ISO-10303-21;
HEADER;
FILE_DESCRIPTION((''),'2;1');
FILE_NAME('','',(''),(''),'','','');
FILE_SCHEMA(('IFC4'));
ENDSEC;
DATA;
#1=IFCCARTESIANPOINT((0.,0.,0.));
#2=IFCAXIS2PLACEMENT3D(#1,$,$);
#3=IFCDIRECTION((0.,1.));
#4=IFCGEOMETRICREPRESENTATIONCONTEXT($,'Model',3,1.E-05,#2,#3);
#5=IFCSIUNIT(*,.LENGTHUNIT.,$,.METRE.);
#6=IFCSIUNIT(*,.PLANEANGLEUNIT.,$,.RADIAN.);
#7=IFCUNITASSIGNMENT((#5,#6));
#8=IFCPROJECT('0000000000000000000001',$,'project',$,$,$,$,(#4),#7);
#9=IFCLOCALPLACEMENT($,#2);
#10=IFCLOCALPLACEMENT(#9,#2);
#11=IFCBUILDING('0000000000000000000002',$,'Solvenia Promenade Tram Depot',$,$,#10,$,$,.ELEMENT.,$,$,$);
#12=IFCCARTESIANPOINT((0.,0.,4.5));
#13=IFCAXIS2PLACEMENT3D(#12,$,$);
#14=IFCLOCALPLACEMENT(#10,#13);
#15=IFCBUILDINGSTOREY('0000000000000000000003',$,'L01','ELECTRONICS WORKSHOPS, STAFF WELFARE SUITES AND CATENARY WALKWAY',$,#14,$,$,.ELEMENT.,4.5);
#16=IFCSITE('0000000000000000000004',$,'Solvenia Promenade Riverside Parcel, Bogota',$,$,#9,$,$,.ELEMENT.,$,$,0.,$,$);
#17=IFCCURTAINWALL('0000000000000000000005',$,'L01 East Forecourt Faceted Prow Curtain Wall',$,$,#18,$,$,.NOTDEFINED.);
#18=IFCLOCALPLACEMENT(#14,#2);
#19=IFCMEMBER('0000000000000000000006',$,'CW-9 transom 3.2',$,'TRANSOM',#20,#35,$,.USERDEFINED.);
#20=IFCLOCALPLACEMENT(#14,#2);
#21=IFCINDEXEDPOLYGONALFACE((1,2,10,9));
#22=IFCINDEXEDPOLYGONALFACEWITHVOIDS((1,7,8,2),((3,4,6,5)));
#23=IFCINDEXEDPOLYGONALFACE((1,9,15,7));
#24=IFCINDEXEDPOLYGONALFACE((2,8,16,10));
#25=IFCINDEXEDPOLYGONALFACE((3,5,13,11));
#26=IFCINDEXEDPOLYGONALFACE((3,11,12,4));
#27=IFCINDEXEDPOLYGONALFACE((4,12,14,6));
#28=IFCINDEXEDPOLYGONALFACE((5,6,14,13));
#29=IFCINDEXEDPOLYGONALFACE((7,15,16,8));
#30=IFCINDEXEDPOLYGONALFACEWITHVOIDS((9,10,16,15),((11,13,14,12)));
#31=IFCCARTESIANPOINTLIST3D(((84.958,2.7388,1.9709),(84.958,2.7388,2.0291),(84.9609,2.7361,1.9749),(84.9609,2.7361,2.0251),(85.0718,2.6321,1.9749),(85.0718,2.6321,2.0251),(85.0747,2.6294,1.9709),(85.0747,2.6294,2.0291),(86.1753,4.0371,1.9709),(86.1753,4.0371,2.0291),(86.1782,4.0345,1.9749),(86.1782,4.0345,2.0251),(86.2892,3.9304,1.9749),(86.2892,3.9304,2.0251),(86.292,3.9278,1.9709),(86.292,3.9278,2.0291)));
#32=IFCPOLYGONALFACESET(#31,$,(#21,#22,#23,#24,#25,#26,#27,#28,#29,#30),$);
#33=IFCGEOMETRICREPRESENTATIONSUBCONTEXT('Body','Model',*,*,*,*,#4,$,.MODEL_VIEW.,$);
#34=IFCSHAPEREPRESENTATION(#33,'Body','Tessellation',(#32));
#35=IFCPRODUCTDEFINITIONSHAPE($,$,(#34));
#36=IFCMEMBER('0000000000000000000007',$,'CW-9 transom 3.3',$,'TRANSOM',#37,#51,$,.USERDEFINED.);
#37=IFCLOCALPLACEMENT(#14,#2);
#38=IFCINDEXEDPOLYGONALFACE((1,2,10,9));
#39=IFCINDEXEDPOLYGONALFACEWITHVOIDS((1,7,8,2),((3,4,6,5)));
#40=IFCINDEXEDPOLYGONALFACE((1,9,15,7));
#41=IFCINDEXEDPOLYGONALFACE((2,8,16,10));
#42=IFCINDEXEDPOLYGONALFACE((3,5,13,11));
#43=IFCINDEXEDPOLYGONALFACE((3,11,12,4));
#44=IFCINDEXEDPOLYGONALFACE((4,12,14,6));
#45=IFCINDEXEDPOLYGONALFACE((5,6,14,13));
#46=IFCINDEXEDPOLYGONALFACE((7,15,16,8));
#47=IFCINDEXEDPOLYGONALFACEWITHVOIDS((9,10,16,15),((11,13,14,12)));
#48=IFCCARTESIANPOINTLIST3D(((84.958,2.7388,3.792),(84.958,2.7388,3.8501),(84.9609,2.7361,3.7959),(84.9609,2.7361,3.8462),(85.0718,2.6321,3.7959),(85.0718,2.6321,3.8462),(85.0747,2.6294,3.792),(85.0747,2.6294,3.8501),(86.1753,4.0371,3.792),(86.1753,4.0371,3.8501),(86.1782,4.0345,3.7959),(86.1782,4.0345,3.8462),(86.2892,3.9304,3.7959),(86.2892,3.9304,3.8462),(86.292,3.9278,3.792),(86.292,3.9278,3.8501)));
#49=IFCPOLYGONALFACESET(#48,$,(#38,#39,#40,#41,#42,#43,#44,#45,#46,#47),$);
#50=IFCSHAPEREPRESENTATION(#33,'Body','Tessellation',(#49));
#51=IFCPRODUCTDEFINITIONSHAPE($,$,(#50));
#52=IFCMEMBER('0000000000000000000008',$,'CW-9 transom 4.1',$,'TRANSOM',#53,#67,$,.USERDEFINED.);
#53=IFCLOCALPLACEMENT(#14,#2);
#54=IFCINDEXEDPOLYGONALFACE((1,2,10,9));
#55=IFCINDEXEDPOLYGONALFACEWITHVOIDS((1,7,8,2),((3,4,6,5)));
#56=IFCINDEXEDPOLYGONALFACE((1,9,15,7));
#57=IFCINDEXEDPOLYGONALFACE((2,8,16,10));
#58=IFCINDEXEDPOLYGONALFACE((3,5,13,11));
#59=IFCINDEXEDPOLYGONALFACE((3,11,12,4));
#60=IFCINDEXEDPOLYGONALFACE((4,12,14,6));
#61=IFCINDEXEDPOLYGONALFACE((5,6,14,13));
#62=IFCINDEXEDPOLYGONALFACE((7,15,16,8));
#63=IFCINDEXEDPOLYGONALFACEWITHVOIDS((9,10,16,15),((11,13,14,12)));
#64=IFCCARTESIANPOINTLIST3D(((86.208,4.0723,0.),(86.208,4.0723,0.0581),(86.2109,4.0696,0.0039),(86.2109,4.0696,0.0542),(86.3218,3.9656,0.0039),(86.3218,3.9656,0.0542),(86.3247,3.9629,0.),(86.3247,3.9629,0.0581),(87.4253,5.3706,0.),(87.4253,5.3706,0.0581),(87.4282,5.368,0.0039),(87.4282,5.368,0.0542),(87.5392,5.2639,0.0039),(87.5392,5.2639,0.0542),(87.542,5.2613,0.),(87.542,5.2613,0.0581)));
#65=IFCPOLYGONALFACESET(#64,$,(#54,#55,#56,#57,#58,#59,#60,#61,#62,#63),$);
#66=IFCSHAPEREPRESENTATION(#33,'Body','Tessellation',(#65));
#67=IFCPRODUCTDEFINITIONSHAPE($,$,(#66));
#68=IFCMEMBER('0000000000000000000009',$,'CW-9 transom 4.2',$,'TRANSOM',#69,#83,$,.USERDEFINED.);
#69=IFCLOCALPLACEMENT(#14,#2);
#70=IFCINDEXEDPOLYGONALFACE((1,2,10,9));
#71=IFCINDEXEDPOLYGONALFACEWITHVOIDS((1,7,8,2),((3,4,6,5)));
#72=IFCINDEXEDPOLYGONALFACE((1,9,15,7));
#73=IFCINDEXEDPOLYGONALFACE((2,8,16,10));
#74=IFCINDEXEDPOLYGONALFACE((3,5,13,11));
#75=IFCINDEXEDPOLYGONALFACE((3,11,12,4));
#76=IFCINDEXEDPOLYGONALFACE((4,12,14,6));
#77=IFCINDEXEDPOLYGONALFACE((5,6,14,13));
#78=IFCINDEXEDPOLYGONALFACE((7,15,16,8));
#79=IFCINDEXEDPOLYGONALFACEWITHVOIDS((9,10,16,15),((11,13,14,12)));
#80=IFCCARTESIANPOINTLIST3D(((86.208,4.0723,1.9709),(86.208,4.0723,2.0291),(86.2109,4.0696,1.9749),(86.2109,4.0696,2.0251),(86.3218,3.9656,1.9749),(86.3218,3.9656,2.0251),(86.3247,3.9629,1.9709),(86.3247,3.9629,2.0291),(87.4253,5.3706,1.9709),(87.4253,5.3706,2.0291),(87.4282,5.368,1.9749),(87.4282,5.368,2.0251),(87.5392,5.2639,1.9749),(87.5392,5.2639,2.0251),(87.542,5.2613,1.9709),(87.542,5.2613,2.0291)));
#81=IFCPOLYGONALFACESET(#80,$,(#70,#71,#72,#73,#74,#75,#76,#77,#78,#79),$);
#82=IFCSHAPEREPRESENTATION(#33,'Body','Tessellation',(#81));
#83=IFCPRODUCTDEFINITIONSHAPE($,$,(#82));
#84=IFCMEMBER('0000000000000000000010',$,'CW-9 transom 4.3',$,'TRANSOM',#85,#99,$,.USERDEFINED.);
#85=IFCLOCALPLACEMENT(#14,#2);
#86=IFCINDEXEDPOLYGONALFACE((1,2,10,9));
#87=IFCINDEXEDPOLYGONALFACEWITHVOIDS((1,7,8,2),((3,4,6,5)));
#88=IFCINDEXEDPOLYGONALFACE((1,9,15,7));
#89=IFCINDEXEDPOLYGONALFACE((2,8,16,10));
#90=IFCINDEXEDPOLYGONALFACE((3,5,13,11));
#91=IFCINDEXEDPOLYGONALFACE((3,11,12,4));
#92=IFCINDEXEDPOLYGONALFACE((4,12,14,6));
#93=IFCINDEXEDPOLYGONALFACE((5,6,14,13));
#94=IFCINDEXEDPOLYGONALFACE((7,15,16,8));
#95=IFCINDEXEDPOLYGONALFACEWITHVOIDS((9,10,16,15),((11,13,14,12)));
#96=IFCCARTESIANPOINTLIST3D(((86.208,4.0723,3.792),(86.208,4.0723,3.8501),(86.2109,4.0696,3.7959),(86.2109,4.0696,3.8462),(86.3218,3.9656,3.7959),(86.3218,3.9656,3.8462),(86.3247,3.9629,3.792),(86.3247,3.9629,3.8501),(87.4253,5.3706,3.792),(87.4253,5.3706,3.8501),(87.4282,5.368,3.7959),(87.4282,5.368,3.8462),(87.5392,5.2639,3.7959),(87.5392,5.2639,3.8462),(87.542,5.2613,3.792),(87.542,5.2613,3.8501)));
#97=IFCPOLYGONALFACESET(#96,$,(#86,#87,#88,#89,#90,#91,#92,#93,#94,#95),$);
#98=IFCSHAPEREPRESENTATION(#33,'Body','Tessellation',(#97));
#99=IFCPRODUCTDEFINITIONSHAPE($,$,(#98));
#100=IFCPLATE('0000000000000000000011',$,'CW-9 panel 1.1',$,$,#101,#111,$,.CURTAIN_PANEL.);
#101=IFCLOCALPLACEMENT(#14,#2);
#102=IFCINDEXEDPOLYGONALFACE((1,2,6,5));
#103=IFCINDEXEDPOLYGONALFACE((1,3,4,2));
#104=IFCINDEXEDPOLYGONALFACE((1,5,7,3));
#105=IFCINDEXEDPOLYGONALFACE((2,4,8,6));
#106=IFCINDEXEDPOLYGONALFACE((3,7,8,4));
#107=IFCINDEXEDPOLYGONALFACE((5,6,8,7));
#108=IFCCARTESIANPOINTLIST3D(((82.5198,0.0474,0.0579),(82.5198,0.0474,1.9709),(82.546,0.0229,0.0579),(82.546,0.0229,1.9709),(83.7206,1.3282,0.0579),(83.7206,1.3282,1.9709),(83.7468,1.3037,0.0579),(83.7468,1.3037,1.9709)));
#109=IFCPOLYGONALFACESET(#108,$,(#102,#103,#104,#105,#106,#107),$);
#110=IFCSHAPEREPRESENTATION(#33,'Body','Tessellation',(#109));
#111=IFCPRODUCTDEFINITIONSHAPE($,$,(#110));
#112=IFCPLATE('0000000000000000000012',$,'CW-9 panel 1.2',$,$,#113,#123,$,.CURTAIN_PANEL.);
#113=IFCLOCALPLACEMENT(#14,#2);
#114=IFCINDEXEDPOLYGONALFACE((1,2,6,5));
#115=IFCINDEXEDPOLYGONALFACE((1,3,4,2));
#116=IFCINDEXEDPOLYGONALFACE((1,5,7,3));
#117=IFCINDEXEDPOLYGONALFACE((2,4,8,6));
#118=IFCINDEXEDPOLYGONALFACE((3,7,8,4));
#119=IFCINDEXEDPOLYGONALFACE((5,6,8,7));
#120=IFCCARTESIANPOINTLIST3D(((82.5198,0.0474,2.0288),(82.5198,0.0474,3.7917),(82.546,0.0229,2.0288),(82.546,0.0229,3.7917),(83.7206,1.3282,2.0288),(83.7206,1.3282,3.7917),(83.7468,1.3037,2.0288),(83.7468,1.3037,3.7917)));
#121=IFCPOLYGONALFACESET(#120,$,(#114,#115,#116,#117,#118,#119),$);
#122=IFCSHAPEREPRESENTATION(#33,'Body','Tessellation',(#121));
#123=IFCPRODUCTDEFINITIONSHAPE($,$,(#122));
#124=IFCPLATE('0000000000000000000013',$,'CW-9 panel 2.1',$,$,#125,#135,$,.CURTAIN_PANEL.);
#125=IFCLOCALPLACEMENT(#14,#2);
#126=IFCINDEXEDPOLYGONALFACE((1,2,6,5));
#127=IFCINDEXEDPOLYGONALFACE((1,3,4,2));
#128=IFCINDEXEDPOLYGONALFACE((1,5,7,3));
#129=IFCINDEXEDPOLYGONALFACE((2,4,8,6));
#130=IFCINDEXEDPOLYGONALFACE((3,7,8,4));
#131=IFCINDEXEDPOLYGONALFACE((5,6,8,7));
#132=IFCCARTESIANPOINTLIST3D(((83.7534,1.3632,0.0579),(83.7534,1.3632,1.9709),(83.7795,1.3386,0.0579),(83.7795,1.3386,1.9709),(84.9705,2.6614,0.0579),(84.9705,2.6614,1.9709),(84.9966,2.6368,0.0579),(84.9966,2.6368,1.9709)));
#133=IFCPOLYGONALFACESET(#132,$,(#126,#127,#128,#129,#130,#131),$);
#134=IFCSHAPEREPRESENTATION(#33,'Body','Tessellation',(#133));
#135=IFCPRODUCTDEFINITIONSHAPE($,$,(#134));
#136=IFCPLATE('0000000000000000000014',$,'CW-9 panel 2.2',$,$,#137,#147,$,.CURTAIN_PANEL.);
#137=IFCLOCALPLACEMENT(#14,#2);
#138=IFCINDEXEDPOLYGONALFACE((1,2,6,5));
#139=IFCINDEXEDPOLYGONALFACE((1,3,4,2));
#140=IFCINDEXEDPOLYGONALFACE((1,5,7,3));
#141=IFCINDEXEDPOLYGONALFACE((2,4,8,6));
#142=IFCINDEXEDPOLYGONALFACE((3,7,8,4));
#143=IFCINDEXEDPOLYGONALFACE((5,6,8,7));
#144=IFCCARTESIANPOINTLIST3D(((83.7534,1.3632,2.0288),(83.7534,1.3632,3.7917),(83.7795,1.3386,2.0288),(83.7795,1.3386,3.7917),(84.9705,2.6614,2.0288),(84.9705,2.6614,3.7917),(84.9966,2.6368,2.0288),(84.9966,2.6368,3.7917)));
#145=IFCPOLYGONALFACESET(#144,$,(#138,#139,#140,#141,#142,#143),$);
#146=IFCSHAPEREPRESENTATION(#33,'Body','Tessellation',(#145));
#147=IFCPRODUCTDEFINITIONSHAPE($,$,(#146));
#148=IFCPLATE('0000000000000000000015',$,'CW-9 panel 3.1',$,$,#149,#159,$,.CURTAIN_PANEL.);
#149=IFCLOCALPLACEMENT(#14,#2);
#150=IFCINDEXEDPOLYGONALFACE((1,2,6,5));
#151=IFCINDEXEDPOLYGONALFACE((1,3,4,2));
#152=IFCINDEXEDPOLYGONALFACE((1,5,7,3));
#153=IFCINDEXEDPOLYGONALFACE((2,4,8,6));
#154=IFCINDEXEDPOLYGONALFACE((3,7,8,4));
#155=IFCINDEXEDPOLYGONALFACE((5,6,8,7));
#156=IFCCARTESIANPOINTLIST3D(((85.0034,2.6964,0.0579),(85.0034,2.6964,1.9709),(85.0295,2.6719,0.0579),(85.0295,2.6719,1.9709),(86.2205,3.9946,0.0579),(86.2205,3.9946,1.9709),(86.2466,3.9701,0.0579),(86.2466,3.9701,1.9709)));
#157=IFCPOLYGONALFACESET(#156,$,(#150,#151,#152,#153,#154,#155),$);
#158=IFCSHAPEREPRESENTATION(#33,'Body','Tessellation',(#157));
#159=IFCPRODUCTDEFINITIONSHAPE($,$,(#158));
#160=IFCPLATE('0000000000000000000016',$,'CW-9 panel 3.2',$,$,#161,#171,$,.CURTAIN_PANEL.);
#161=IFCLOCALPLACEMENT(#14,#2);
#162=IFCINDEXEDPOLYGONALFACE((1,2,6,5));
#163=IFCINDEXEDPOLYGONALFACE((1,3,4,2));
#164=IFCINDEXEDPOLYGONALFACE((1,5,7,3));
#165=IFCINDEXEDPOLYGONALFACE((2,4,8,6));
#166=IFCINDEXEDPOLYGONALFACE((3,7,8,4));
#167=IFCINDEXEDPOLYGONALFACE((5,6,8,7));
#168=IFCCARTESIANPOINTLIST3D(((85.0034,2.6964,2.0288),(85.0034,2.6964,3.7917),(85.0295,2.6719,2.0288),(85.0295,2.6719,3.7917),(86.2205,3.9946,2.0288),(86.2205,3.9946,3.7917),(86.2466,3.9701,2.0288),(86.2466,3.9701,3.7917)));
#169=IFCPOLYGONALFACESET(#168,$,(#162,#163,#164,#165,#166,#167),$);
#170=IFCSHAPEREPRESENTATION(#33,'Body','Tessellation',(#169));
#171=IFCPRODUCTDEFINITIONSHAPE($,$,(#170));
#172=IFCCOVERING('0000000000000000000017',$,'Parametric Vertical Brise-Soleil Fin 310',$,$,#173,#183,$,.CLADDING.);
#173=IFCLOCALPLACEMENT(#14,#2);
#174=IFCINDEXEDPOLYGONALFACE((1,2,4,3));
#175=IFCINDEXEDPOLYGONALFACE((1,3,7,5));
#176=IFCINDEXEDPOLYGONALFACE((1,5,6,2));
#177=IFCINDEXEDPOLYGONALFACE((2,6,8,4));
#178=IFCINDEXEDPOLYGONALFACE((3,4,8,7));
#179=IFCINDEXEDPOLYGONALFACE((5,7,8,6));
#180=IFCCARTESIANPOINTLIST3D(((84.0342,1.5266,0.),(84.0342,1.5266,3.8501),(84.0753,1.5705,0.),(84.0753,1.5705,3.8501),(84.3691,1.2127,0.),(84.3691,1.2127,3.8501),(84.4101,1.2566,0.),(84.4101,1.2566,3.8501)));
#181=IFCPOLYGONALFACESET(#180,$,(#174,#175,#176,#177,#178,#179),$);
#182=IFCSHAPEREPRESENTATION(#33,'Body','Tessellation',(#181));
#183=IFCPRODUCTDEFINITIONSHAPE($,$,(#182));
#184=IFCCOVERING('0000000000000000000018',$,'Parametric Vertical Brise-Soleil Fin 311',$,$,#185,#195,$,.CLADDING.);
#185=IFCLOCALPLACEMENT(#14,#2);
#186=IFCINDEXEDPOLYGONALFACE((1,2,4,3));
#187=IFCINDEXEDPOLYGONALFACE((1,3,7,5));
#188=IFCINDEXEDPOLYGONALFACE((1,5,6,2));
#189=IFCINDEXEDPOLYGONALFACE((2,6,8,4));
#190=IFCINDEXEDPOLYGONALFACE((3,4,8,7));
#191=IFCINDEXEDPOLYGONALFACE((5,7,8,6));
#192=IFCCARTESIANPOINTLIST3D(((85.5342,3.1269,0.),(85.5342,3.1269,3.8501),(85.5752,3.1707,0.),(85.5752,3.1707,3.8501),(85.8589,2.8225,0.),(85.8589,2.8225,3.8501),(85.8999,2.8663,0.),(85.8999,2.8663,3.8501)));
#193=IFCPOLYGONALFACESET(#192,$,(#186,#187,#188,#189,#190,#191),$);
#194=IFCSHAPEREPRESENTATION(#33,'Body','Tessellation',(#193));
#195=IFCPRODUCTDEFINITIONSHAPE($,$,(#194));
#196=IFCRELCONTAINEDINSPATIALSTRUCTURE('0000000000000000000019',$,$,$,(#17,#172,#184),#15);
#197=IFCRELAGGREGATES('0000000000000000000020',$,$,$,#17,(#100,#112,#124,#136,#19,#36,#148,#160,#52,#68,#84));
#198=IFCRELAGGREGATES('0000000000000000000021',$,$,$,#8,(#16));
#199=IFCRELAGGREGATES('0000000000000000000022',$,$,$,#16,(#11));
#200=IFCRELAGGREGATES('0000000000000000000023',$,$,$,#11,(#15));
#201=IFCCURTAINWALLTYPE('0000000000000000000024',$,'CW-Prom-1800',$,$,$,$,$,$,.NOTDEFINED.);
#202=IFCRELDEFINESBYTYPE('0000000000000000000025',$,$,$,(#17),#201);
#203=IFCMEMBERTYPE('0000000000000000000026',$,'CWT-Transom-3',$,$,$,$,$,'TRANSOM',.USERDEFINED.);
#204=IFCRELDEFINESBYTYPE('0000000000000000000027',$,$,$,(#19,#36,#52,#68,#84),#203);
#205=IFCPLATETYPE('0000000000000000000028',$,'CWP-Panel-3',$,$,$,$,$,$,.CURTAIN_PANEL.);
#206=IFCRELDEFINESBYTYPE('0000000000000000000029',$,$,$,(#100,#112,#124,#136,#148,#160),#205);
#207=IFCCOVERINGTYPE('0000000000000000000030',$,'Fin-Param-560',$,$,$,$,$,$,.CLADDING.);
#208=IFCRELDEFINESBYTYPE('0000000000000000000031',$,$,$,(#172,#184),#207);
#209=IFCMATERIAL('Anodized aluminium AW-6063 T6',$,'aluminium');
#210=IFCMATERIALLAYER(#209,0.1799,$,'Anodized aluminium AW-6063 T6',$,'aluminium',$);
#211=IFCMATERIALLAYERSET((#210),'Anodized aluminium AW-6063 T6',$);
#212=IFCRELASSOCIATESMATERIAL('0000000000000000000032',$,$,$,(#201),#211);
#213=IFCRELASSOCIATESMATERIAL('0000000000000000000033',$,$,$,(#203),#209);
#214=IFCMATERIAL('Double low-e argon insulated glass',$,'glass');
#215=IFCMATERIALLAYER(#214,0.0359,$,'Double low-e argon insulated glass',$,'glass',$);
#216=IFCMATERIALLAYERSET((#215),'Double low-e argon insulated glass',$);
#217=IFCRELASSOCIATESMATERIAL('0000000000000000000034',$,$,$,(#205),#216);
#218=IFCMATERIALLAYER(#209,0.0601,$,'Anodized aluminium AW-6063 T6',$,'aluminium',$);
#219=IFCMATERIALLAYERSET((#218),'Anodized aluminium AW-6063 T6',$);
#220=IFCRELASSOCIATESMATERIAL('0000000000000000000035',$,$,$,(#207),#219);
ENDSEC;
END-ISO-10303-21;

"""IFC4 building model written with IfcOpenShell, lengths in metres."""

from ifc_helpers import new_model, si_unit, direction, frame, origin, origin_2d, place, context, subcontext, project, spatial, rectangle, hollow_rectangle, extrude, material, layer, layer_set, material_profile, profile_set, type_object, element, aggregate, save


model = new_model("IFC4")

# Units and contexts
model_context = context("Model", 3, precision=1e-05, world=origin(), true_north=direction((0.0, 1.0)))
body_context = subcontext(model_context, "Body", "Model", "MODEL_VIEW")
ifc_project = project(units=[si_unit("LENGTHUNIT", "METRE"), si_unit("PLANEANGLEUNIT", "RADIAN")], contexts=[model_context])

# Site, building, storey
site_placement = place(None, origin())
site = spatial("IfcSite", under=ifc_project, at=site_placement, Name="Solvenia Promenade Riverside Parcel, Bogota", CompositionType="ELEMENT", RefElevation=0.0)
building_placement = place(site_placement, origin())
building = spatial("IfcBuilding", under=site, at=building_placement, Name="Solvenia Promenade Tram Depot", CompositionType="ELEMENT")
storey_placement = place(building_placement, frame((0.0, 0.0, 4.5)))
storey = spatial("IfcBuildingStorey", under=building, at=storey_placement, Name="L01", Description="ELECTRONICS WORKSHOPS, STAFF WELFARE SUITES AND CATENARY WALKWAY", CompositionType="ELEMENT", Elevation=4.5)

# Curtain wall, members, plates
ifc_material_1 = material(Name="Anodized aluminium AW-6063 T6", Category="aluminium")
ifc_layer_1 = layer(ifc_material_1, 0.1799, Name="Anodized aluminium AW-6063 T6", Category="aluminium")
ifc_layer_set_1 = layer_set([ifc_layer_1], Name="Anodized aluminium AW-6063 T6")
curtain_wall_type = type_object("IfcCurtainWallType", Name="CW-Prom-1800", PredefinedType="NOTDEFINED", material=ifc_layer_set_1)
curtain_wall_placement = place(storey_placement, origin())
curtain_wall = element("IfcCurtainWall", 1, at=curtain_wall_placement, inside=storey, type_object=curtain_wall_type, Name="L01 East Forecourt Faceted Prow Curtain Wall", PredefinedType="NOTDEFINED")
ifc_material_profile_1 = material_profile(ifc_material_1, hollow_rectangle(XDim=0.1599, YDim=0.0581, WallThickness=0.0039, at=origin_2d()), Name="ALU-T3", Category="aluminium")
ifc_profile_set_1 = profile_set([ifc_material_profile_1], Name="Anodized aluminium AW-6063 T6")
member_type_1 = type_object("IfcMemberType", Name="CWT-Transom-3", ElementType="TRANSOM", PredefinedType="USERDEFINED", material=ifc_profile_set_1)
member_1_placement = place(storey_placement, frame((85.0164, 2.6841, 2.0), z_axis=(0.683969, 0.729512, 0.0), x_axis=(-0.729512, 0.683969, 0.0)))
member_1 = element("IfcMember", 2, at=member_1_placement, type_object=member_type_1, Name="CW-9 transom 3.2", ObjectType="TRANSOM", PredefinedType="USERDEFINED", context=body_context, shape_type="SweptSolid", body=[
    extrude(hollow_rectangle(XDim=0.1599, YDim=0.0581, WallThickness=0.0039, at=origin_2d()), origin(), (0.0, 0.0, 1.0), 1.7798),
])
member_2_placement = place(storey_placement, frame((85.0164, 2.6841, 3.821), z_axis=(0.683969, 0.729512, 0.0), x_axis=(-0.729512, 0.683969, 0.0)))
member_2 = element("IfcMember", 3, at=member_2_placement, type_object=member_type_1, Name="CW-9 transom 3.3", ObjectType="TRANSOM", PredefinedType="USERDEFINED", context=body_context, shape_type="SweptSolid", body=[
    extrude(hollow_rectangle(XDim=0.1599, YDim=0.0581, WallThickness=0.0039, at=origin_2d()), origin(), (0.0, 0.0, 1.0), 1.7798),
])
member_3_placement = place(storey_placement, frame((86.2664, 4.0176, 0.0291), z_axis=(0.683969, 0.729512, 0.0), x_axis=(-0.729512, 0.683969, 0.0)))
member_3 = element("IfcMember", 4, at=member_3_placement, type_object=member_type_1, Name="CW-9 transom 4.1", ObjectType="TRANSOM", PredefinedType="USERDEFINED", context=body_context, shape_type="SweptSolid", body=[
    extrude(hollow_rectangle(XDim=0.1599, YDim=0.0581, WallThickness=0.0039, at=origin_2d()), origin(), (0.0, 0.0, 1.0), 1.7798),
])
member_4_placement = place(storey_placement, frame((86.2664, 4.0176, 2.0), z_axis=(0.683969, 0.729512, 0.0), x_axis=(-0.729512, 0.683969, 0.0)))
member_4 = element("IfcMember", 5, at=member_4_placement, type_object=member_type_1, Name="CW-9 transom 4.2", ObjectType="TRANSOM", PredefinedType="USERDEFINED", context=body_context, shape_type="SweptSolid", body=[
    extrude(hollow_rectangle(XDim=0.1599, YDim=0.0581, WallThickness=0.0039, at=origin_2d()), origin(), (0.0, 0.0, 1.0), 1.7798),
])
member_5_placement = place(storey_placement, frame((86.2664, 4.0176, 3.821), z_axis=(0.683969, 0.729512, 0.0), x_axis=(-0.729512, 0.683969, 0.0)))
member_5 = element("IfcMember", 6, at=member_5_placement, type_object=member_type_1, Name="CW-9 transom 4.3", ObjectType="TRANSOM", PredefinedType="USERDEFINED", context=body_context, shape_type="SweptSolid", body=[
    extrude(hollow_rectangle(XDim=0.1599, YDim=0.0581, WallThickness=0.0039, at=origin_2d()), origin(), (0.0, 0.0, 1.0), 1.7798),
])
ifc_material_2 = material(Name="Double low-e argon insulated glass", Category="glass")
ifc_layer_2 = layer(ifc_material_2, 0.0359, Name="Double low-e argon insulated glass", Category="glass")
ifc_layer_set_2 = layer_set([ifc_layer_2], Name="Double low-e argon insulated glass")
plate_type = type_object("IfcPlateType", Name="CWP-Panel-3", PredefinedType="CURTAIN_PANEL", material=ifc_layer_set_2)
plate_1_placement = place(storey_placement, frame((83.1333, 0.6755, 0.0579), z_axis=(0.0, 0.0, 1.0), x_axis=(0.683941, 0.729537, 0.0)))
plate_1 = element("IfcPlate", 7, at=plate_1_placement, type_object=plate_type, Name="CW-9 panel 1.1", PredefinedType="CURTAIN_PANEL", context=body_context, shape_type="SweptSolid", body=[
    extrude(rectangle(XDim=1.7556, YDim=0.0359, at=origin_2d()), origin(), (0.0, 0.0, 1.0), 1.9131),
])
plate_2_placement = place(storey_placement, frame((83.1333, 0.6755, 2.0288), z_axis=(0.0, 0.0, 1.0), x_axis=(0.683941, 0.729537, 0.0)))
plate_2 = element("IfcPlate", 8, at=plate_2_placement, type_object=plate_type, Name="CW-9 panel 1.2", PredefinedType="CURTAIN_PANEL", context=body_context, shape_type="SweptSolid", body=[
    extrude(rectangle(XDim=1.7556, YDim=0.0359, at=origin_2d()), origin(), (0.0, 0.0, 1.0), 1.7629),
])
plate_3_placement = place(storey_placement, frame((84.375, 2.0, 0.0579), z_axis=(0.0, 0.0, 1.0), x_axis=(0.683941, 0.729537, 0.0)))
plate_3 = element("IfcPlate", 9, at=plate_3_placement, type_object=plate_type, Name="CW-9 panel 2.1", PredefinedType="CURTAIN_PANEL", context=body_context, shape_type="SweptSolid", body=[
    extrude(rectangle(XDim=1.7795, YDim=0.0359, at=origin_2d()), origin(), (0.0, 0.0, 1.0), 1.9131),
])
plate_4_placement = place(storey_placement, frame((84.375, 2.0, 2.0288), z_axis=(0.0, 0.0, 1.0), x_axis=(0.683941, 0.729537, 0.0)))
plate_4 = element("IfcPlate", 10, at=plate_4_placement, type_object=plate_type, Name="CW-9 panel 2.2", PredefinedType="CURTAIN_PANEL", context=body_context, shape_type="SweptSolid", body=[
    extrude(rectangle(XDim=1.7795, YDim=0.0359, at=origin_2d()), origin(), (0.0, 0.0, 1.0), 1.7629),
])
plate_5_placement = place(storey_placement, frame((85.625, 3.3333, 0.0579), z_axis=(0.0, 0.0, 1.0), x_axis=(0.683941, 0.729537, 0.0)))
plate_5 = element("IfcPlate", 11, at=plate_5_placement, type_object=plate_type, Name="CW-9 panel 3.1", PredefinedType="CURTAIN_PANEL", context=body_context, shape_type="SweptSolid", body=[
    extrude(rectangle(XDim=1.7795, YDim=0.0359, at=origin_2d()), origin(), (0.0, 0.0, 1.0), 1.9131),
])
plate_6_placement = place(storey_placement, frame((85.625, 3.3333, 2.0288), z_axis=(0.0, 0.0, 1.0), x_axis=(0.683941, 0.729537, 0.0)))
plate_6 = element("IfcPlate", 12, at=plate_6_placement, type_object=plate_type, Name="CW-9 panel 3.2", PredefinedType="CURTAIN_PANEL", context=body_context, shape_type="SweptSolid", body=[
    extrude(rectangle(XDim=1.7795, YDim=0.0359, at=origin_2d()), origin(), (0.0, 0.0, 1.0), 1.7629),
])
aggregate(curtain_wall, [plate_1, plate_2, plate_3, plate_4, member_1, member_2, plate_5, plate_6, member_3, member_4, member_5])

# Coverings
ifc_layer_3 = layer(ifc_material_1, 0.0601, Name="Anodized aluminium AW-6063 T6", Category="aluminium")
ifc_layer_set_3 = layer_set([ifc_layer_3], Name="Anodized aluminium AW-6063 T6")
covering_type = type_object("IfcCoveringType", Name="Fin-Param-560", PredefinedType="CLADDING", material=ifc_layer_set_3)
covering_1_placement = place(storey_placement, frame((84.2222, 1.3916, 0.0), z_axis=(0.0, 0.0, 1.0), x_axis=(0.683911, 0.729566, 0.0)))
element("IfcCovering", 13, at=covering_1_placement, inside=storey, type_object=covering_type, Name="Parametric Vertical Brise-Soleil Fin 310", PredefinedType="CLADDING", context=body_context, shape_type="SweptSolid", body=[
    extrude(rectangle(XDim=0.0601, YDim=0.459, at=origin_2d()), origin(), (0.0, 0.0, 1.0), 3.8501),
])
covering_2_placement = place(storey_placement, frame((85.717, 2.9966, 0.0), z_axis=(0.0, 0.0, 1.0), x_axis=(0.683911, 0.729566, 0.0)))
element("IfcCovering", 14, at=covering_2_placement, inside=storey, type_object=covering_type, Name="Parametric Vertical Brise-Soleil Fin 311", PredefinedType="CLADDING", context=body_context, shape_type="SweptSolid", body=[
    extrude(rectangle(XDim=0.0601, YDim=0.4451, at=origin_2d()), origin(), (0.0, 0.0, 1.0), 3.8501),
])

save(model, "model.ifc")
